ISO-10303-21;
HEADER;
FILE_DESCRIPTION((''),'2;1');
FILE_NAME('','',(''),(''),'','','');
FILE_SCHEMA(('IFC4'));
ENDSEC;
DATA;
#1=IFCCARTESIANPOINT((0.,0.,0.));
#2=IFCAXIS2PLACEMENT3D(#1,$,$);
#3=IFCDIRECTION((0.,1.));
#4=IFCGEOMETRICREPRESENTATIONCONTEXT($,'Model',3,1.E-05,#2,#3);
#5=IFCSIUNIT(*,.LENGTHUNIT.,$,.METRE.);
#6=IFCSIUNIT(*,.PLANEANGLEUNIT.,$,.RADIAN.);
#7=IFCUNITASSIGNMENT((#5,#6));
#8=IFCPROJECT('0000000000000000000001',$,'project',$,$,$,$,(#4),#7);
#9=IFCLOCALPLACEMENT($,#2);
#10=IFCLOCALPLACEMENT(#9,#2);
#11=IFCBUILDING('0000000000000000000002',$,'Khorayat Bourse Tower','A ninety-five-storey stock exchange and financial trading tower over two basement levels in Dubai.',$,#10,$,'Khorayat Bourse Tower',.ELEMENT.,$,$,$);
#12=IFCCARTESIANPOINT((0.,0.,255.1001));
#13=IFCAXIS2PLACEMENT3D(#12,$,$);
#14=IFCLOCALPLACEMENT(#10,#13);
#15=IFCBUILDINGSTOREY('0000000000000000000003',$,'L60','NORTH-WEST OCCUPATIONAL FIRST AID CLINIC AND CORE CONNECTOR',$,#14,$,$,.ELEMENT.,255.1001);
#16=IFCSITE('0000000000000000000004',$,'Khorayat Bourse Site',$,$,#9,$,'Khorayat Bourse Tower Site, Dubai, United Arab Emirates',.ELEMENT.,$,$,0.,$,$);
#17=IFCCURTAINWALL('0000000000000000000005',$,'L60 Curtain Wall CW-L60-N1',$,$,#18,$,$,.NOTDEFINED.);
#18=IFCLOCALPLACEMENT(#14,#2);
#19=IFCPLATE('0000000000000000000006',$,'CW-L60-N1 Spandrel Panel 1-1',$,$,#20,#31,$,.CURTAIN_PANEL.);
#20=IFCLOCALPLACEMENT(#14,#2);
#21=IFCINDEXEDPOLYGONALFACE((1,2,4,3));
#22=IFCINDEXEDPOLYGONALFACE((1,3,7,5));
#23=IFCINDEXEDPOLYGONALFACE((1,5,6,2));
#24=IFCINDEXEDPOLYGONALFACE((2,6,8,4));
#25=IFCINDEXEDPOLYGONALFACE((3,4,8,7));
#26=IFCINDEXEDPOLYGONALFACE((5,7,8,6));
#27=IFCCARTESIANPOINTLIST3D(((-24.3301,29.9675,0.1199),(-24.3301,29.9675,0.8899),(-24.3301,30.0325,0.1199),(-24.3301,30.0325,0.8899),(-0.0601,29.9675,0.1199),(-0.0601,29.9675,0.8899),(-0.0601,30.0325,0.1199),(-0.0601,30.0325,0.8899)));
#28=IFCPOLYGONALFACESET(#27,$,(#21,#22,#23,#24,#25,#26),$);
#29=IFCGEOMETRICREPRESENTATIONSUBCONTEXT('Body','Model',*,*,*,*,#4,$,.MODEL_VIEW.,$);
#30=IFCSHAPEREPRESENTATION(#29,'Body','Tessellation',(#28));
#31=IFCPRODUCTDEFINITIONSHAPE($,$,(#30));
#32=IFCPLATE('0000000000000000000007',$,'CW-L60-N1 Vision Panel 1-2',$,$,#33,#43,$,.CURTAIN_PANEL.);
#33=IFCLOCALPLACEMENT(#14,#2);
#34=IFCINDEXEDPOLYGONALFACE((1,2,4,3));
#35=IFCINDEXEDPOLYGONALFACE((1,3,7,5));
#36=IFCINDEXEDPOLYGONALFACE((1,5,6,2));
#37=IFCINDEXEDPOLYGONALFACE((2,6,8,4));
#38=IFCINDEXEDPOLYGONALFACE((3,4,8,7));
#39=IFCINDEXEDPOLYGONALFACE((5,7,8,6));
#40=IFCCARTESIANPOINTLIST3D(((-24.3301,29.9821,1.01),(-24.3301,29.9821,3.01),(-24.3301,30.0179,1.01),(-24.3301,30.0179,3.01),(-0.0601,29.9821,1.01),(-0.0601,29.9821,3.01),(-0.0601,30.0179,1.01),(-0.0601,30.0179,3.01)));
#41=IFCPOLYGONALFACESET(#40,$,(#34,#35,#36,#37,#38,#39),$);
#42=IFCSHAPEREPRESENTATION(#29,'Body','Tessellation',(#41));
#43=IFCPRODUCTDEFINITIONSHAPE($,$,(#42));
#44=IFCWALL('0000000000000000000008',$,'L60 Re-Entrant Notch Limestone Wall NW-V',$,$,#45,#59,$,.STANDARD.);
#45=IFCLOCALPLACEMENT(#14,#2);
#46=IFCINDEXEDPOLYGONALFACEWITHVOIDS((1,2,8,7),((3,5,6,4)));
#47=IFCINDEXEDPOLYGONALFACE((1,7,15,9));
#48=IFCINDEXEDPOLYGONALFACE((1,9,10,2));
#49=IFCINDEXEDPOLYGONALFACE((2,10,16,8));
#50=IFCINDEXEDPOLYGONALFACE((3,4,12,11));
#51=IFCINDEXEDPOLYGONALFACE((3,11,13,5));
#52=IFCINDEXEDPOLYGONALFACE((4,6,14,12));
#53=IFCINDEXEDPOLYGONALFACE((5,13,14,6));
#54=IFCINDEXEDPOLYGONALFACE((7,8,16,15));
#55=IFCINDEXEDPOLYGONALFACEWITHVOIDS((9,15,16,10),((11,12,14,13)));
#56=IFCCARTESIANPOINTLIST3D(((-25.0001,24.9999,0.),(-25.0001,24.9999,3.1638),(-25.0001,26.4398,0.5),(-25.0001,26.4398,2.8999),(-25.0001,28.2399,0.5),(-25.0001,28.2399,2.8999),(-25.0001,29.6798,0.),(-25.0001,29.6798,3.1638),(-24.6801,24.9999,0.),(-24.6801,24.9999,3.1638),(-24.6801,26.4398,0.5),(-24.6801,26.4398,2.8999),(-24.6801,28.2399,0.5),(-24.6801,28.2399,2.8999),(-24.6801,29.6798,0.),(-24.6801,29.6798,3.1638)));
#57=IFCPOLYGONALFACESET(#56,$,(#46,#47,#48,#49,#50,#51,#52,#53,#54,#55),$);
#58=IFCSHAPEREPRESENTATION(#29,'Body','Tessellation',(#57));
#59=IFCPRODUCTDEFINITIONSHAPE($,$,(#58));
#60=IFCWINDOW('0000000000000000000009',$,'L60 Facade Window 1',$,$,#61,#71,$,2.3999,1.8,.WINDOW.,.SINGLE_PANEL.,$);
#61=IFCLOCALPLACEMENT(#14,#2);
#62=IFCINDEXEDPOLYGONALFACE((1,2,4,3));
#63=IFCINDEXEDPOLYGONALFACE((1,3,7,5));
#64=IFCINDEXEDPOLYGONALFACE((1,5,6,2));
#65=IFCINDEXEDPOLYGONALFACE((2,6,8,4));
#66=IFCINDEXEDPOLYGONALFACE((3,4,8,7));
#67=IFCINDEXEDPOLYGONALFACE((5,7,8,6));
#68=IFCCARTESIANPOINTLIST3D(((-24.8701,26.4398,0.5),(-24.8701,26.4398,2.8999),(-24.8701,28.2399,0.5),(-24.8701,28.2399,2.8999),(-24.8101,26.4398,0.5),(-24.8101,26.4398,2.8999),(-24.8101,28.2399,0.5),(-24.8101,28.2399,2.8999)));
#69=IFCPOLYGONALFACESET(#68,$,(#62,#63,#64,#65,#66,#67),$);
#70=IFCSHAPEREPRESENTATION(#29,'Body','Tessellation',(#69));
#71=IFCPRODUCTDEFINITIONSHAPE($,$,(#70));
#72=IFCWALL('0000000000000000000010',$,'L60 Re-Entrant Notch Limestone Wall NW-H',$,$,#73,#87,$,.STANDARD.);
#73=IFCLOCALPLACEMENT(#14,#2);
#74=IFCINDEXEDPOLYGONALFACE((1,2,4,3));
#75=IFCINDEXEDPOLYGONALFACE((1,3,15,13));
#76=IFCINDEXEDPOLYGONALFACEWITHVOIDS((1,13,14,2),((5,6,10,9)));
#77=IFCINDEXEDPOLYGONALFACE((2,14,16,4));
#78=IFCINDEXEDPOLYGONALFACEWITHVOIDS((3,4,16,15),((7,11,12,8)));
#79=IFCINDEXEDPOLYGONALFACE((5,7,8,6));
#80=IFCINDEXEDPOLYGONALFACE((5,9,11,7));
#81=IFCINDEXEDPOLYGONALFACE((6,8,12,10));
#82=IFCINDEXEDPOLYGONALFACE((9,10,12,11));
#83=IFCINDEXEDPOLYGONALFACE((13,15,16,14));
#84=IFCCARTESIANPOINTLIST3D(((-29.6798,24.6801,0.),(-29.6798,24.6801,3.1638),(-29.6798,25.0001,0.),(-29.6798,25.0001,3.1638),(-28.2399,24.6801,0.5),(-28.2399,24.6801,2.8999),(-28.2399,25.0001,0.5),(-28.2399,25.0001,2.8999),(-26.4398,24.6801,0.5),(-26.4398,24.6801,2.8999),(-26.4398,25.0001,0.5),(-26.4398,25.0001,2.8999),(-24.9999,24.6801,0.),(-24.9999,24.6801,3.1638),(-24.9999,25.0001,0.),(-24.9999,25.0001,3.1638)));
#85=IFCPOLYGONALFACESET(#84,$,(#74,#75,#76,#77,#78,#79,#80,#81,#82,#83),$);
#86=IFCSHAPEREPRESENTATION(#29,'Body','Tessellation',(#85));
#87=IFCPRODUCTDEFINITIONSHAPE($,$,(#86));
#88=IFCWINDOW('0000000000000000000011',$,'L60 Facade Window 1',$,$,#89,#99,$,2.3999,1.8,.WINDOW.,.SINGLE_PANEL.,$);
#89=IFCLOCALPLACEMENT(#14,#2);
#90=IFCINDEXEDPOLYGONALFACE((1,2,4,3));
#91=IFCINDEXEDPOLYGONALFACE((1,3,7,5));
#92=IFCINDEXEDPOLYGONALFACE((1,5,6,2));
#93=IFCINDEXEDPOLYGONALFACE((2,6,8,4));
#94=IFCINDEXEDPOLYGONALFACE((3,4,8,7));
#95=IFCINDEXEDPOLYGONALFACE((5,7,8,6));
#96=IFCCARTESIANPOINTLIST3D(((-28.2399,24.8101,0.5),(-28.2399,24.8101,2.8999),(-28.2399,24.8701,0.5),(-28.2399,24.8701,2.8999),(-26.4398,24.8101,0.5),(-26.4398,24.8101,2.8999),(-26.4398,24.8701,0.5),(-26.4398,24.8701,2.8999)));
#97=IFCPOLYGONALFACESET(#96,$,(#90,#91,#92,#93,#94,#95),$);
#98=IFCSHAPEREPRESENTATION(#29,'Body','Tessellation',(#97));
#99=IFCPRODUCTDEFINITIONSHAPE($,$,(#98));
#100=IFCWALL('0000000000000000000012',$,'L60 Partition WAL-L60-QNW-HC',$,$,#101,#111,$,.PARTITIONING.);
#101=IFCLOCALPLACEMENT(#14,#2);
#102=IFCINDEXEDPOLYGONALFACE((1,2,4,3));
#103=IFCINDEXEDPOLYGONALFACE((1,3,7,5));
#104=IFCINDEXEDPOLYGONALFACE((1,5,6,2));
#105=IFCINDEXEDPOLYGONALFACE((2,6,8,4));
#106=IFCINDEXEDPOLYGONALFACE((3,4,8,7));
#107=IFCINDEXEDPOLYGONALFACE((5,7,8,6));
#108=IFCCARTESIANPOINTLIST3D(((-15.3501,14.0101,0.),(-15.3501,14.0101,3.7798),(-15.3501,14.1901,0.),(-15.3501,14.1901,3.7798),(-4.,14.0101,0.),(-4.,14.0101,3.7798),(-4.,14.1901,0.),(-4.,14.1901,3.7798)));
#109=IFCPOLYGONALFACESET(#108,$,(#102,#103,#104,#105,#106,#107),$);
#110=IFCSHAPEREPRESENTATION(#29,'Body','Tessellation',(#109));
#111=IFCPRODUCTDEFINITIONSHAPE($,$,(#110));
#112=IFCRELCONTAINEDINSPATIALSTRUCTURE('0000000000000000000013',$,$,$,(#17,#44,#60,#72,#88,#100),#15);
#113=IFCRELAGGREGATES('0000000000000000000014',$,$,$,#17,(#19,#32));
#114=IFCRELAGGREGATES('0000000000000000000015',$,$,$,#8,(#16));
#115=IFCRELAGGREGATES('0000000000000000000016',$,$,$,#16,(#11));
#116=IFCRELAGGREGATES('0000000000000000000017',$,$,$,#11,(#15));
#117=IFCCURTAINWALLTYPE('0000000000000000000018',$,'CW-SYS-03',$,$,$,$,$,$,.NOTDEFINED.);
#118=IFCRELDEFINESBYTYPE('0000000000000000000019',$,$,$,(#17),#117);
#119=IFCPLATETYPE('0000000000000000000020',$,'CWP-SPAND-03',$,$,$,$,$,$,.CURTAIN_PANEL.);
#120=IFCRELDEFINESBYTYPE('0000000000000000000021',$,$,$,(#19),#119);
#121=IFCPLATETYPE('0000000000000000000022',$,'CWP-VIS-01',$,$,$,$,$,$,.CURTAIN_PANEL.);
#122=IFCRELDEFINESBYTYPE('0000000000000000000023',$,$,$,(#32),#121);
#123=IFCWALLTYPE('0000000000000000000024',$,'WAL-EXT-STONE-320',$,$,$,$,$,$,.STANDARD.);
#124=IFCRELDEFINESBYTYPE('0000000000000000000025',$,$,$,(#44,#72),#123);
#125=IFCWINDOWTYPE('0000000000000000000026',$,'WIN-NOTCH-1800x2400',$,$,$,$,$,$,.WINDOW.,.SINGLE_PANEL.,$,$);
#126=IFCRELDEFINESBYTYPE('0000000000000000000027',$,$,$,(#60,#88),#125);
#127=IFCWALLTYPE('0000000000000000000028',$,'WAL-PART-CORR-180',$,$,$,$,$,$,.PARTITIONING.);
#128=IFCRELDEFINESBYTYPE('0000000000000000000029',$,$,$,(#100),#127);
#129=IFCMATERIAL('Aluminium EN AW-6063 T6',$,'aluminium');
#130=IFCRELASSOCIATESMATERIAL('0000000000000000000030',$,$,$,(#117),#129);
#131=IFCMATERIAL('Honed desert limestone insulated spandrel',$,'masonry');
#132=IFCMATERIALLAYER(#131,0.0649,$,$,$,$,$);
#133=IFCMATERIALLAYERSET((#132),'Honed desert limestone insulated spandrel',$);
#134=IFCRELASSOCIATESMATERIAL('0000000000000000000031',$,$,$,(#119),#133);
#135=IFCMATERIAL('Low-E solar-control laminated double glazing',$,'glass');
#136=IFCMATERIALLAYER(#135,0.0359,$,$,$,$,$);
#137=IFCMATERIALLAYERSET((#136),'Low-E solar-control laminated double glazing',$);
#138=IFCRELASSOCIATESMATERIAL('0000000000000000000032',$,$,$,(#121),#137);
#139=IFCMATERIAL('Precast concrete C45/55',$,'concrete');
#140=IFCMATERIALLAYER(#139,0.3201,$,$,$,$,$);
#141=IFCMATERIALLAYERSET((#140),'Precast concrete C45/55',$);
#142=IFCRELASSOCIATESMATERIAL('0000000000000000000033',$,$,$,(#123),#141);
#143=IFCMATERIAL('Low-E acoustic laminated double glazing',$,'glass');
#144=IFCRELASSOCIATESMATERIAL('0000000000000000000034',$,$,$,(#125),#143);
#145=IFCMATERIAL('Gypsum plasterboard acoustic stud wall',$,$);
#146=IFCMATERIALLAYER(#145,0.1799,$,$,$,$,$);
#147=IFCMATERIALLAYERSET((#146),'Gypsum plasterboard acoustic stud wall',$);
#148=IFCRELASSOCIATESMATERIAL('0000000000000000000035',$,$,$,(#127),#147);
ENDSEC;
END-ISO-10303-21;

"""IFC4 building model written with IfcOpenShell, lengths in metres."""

from ifc_helpers import new_model, si_unit, direction, frame, frame_2d, origin, origin_2d, place, context, subcontext, project, spatial, rectangle, extrude, source, transform, mapped, material, layer, layer_set, type_object, element, fill, aggregate, save


model = new_model("IFC4")

# Units and contexts
model_context = context("Model", 3, precision=1e-05, world=origin(), true_north=direction((0.0, 1.0)))
body_context = subcontext(model_context, "Body", "Model", "MODEL_VIEW")
ifc_project = project(units=[si_unit("LENGTHUNIT", "METRE"), si_unit("PLANEANGLEUNIT", "RADIAN")], contexts=[model_context])

# Site, building, storey
site_placement = place(None, origin())
site = spatial("IfcSite", under=ifc_project, at=site_placement, Name="Khorayat Bourse Site", LongName="Khorayat Bourse Tower Site, Dubai, United Arab Emirates", CompositionType="ELEMENT", RefElevation=0.0)
building_placement = place(site_placement, origin())
building = spatial("IfcBuilding", under=site, at=building_placement, Name="Khorayat Bourse Tower", Description="A ninety-five-storey stock exchange and financial trading tower over two basement levels in Dubai.", LongName="Khorayat Bourse Tower", CompositionType="ELEMENT")
storey_placement = place(building_placement, frame((0.0, 0.0, 255.1001)))
storey = spatial("IfcBuildingStorey", under=building, at=storey_placement, Name="L60", Description="NORTH-WEST OCCUPATIONAL FIRST AID CLINIC AND CORE CONNECTOR", CompositionType="ELEMENT", Elevation=255.1001)

# Curtain wall
ifc_material_1 = material(Name="Aluminium EN AW-6063 T6", Category="aluminium")
curtain_wall_type = type_object("IfcCurtainWallType", Name="CW-SYS-03", PredefinedType="NOTDEFINED", material=ifc_material_1)
curtain_wall_1_placement = place(storey_placement, origin())
curtain_wall_1 = element("IfcCurtainWall", 1, at=curtain_wall_1_placement, inside=storey, type_object=curtain_wall_type, Name="L60 Curtain Wall CW-L60-N1", PredefinedType="NOTDEFINED")

# Plates
ifc_material_2 = material(Name="Honed desert limestone insulated spandrel", Category="masonry")
ifc_layer_1 = layer(ifc_material_2, 0.0649)
ifc_layer_set_1 = layer_set([ifc_layer_1], Name="Honed desert limestone insulated spandrel")
plate_type_1 = type_object("IfcPlateType", Name="CWP-SPAND-03", PredefinedType="CURTAIN_PANEL", material=ifc_layer_set_1)
shared_shape_1 = source(origin(), body_context, "Body", "SweptSolid", [
    extrude(rectangle(XDim=24.27, YDim=0.0649, at=origin_2d()), origin(), (0.0, 0.0, 1.0), 0.77),
])
plate_1_placement = place(storey_placement, frame((-12.1951, 30.0, 0.1199), z_axis=(0.0, 0.0, 1.0), x_axis=(1.0, 0.0, 0.0)))
plate_1 = element("IfcPlate", 2, at=plate_1_placement, type_object=plate_type_1, Name="CW-L60-N1 Spandrel Panel 1-1", PredefinedType="CURTAIN_PANEL", context=body_context, shape_type="MappedRepresentation", body=[
    mapped(shared_shape_1, transform((0.0, 0.0, 0.0), scale=1.0)),
])
ifc_material_3 = material(Name="Low-E solar-control laminated double glazing", Category="glass")
ifc_layer_2 = layer(ifc_material_3, 0.0359)
ifc_layer_set_2 = layer_set([ifc_layer_2], Name="Low-E solar-control laminated double glazing")
plate_type_2 = type_object("IfcPlateType", Name="CWP-VIS-01", PredefinedType="CURTAIN_PANEL", material=ifc_layer_set_2)
shared_shape_2 = source(origin(), body_context, "Body", "SweptSolid", [
    extrude(rectangle(XDim=24.27, YDim=0.0359, at=origin_2d()), origin(), (0.0, 0.0, 1.0), 2.0),
])
plate_2_placement = place(storey_placement, frame((-12.1951, 30.0, 1.01), z_axis=(0.0, 0.0, 1.0), x_axis=(1.0, 0.0, 0.0)))
plate_2 = element("IfcPlate", 3, at=plate_2_placement, type_object=plate_type_2, Name="CW-L60-N1 Vision Panel 1-2", PredefinedType="CURTAIN_PANEL", context=body_context, shape_type="MappedRepresentation", body=[
    mapped(shared_shape_2, transform((0.0, 0.0, 0.0), scale=1.0)),
])
aggregate(curtain_wall_1, [plate_1, plate_2])

# Walls, openings, windows
ifc_material_4 = material(Name="Precast concrete C45/55", Category="concrete")
ifc_layer_3 = layer(ifc_material_4, 0.3201)
ifc_layer_set_3 = layer_set([ifc_layer_3], Name="Precast concrete C45/55")
wall_type_1 = type_object("IfcWallType", Name="WAL-EXT-STONE-320", PredefinedType="STANDARD", material=ifc_layer_set_3)
shared_shape_3 = source(origin(), body_context, "Body", "SweptSolid", [
    extrude(rectangle(XDim=4.6799, YDim=0.3201, at=frame_2d((2.3398, 0.0))), origin(), (0.0, 0.0, 1.0), 3.1638),
])
wall_1_placement = place(storey_placement, frame((-24.8401, 25.0, 0.0), z_axis=(0.0, 0.0, 1.0), x_axis=(0.0, 1.0, 0.0)))
wall_1 = element("IfcWall", 4, at=wall_1_placement, inside=storey, type_object=wall_type_1, Name="L60 Re-Entrant Notch Limestone Wall NW-V", PredefinedType="STANDARD", context=body_context, shape_type="MappedRepresentation", body=[
    mapped(shared_shape_3, transform((0.0, 0.0, 0.0), scale=1.0)),
])
shared_shape_4 = source(origin(), body_context, "Body", "SweptSolid", [
    extrude(rectangle(XDim=1.8, YDim=2.3999, at=frame_2d((0.8999, 1.2))), frame((0.0, 0.1699, 0.0), z_axis=(0.0, -1.0, 0.0), x_axis=(1.0, 0.0, 0.0)), (0.0, 0.0, 1.0), 0.3401),
])
opening_1_placement = place(wall_1_placement, frame((1.4399, 0.0, 0.5)))
opening_1 = element("IfcOpeningElement", 5, at=opening_1_placement, cuts=wall_1, PredefinedType="OPENING", context=body_context, shape_type="MappedRepresentation", body=[
    mapped(shared_shape_4, transform((0.0, 0.0, 0.0), scale=1.0)),
])
ifc_material_5 = material(Name="Low-E acoustic laminated double glazing", Category="glass")
window_type = type_object("IfcWindowType", Name="WIN-NOTCH-1800x2400", PartitioningType="SINGLE_PANEL", PredefinedType="WINDOW", material=ifc_material_5)
shared_shape_5 = source(origin(), body_context, "Body", "SweptSolid", [
    extrude(rectangle(XDim=1.8, YDim=2.3999, at=frame_2d((0.8999, 1.2))), frame((0.0, 0.03, 0.0), z_axis=(0.0, -1.0, 0.0), x_axis=(1.0, 0.0, 0.0)), (0.0, 0.0, 1.0), 0.0601),
])
window_1_placement = place(opening_1_placement, origin())
window_1 = element("IfcWindow", 6, at=window_1_placement, inside=storey, type_object=window_type, Name="L60 Facade Window 1", OverallHeight=2.3999, OverallWidth=1.8, PartitioningType="SINGLE_PANEL", PredefinedType="WINDOW", context=body_context, shape_type="MappedRepresentation", body=[
    mapped(shared_shape_5, transform((0.0, 0.0, 0.0), scale=1.0)),
])
fill(opening_1, window_1)
wall_2_placement = place(storey_placement, frame((-25.0, 24.8401, 0.0), z_axis=(0.0, 0.0, 1.0), x_axis=(-1.0, 0.0, 0.0)))
wall_2 = element("IfcWall", 7, at=wall_2_placement, inside=storey, type_object=wall_type_1, Name="L60 Re-Entrant Notch Limestone Wall NW-H", PredefinedType="STANDARD", context=body_context, shape_type="MappedRepresentation", body=[
    mapped(shared_shape_3, transform((0.0, 0.0, 0.0), scale=1.0)),
])
opening_2_placement = place(wall_2_placement, frame((1.4399, 0.0, 0.5)))
opening_2 = element("IfcOpeningElement", 8, at=opening_2_placement, cuts=wall_2, PredefinedType="OPENING", context=body_context, shape_type="MappedRepresentation", body=[
    mapped(shared_shape_4, transform((0.0, 0.0, 0.0), scale=1.0)),
])
window_2_placement = place(opening_2_placement, origin())
window_2 = element("IfcWindow", 9, at=window_2_placement, inside=storey, type_object=window_type, Name="L60 Facade Window 1", OverallHeight=2.3999, OverallWidth=1.8, PartitioningType="SINGLE_PANEL", PredefinedType="WINDOW", context=body_context, shape_type="MappedRepresentation", body=[
    mapped(shared_shape_5, transform((0.0, 0.0, 0.0), scale=1.0)),
])
fill(opening_2, window_2)

# Wall
ifc_material_6 = material(Name="Gypsum plasterboard acoustic stud wall")
ifc_layer_4 = layer(ifc_material_6, 0.1799)
ifc_layer_set_4 = layer_set([ifc_layer_4], Name="Gypsum plasterboard acoustic stud wall")
wall_type_2 = type_object("IfcWallType", Name="WAL-PART-CORR-180", PredefinedType="PARTITIONING", material=ifc_layer_set_4)
shared_shape_6 = source(origin(), body_context, "Body", "SweptSolid", [
    extrude(rectangle(XDim=11.3501, YDim=0.1799, at=frame_2d((5.675, 0.0))), origin(), (0.0, 0.0, 1.0), 3.7798),
])
wall_3_placement = place(storey_placement, frame((-15.3501, 14.1001, 0.0), z_axis=(0.0, 0.0, 1.0), x_axis=(1.0, 0.0, 0.0)))
element("IfcWall", 10, at=wall_3_placement, inside=storey, type_object=wall_type_2, Name="L60 Partition WAL-L60-QNW-HC", PredefinedType="PARTITIONING", context=body_context, shape_type="MappedRepresentation", body=[
    mapped(shared_shape_6, transform((0.0, 0.0, 0.0), scale=1.0)),
])

save(model, "model.ifc")
